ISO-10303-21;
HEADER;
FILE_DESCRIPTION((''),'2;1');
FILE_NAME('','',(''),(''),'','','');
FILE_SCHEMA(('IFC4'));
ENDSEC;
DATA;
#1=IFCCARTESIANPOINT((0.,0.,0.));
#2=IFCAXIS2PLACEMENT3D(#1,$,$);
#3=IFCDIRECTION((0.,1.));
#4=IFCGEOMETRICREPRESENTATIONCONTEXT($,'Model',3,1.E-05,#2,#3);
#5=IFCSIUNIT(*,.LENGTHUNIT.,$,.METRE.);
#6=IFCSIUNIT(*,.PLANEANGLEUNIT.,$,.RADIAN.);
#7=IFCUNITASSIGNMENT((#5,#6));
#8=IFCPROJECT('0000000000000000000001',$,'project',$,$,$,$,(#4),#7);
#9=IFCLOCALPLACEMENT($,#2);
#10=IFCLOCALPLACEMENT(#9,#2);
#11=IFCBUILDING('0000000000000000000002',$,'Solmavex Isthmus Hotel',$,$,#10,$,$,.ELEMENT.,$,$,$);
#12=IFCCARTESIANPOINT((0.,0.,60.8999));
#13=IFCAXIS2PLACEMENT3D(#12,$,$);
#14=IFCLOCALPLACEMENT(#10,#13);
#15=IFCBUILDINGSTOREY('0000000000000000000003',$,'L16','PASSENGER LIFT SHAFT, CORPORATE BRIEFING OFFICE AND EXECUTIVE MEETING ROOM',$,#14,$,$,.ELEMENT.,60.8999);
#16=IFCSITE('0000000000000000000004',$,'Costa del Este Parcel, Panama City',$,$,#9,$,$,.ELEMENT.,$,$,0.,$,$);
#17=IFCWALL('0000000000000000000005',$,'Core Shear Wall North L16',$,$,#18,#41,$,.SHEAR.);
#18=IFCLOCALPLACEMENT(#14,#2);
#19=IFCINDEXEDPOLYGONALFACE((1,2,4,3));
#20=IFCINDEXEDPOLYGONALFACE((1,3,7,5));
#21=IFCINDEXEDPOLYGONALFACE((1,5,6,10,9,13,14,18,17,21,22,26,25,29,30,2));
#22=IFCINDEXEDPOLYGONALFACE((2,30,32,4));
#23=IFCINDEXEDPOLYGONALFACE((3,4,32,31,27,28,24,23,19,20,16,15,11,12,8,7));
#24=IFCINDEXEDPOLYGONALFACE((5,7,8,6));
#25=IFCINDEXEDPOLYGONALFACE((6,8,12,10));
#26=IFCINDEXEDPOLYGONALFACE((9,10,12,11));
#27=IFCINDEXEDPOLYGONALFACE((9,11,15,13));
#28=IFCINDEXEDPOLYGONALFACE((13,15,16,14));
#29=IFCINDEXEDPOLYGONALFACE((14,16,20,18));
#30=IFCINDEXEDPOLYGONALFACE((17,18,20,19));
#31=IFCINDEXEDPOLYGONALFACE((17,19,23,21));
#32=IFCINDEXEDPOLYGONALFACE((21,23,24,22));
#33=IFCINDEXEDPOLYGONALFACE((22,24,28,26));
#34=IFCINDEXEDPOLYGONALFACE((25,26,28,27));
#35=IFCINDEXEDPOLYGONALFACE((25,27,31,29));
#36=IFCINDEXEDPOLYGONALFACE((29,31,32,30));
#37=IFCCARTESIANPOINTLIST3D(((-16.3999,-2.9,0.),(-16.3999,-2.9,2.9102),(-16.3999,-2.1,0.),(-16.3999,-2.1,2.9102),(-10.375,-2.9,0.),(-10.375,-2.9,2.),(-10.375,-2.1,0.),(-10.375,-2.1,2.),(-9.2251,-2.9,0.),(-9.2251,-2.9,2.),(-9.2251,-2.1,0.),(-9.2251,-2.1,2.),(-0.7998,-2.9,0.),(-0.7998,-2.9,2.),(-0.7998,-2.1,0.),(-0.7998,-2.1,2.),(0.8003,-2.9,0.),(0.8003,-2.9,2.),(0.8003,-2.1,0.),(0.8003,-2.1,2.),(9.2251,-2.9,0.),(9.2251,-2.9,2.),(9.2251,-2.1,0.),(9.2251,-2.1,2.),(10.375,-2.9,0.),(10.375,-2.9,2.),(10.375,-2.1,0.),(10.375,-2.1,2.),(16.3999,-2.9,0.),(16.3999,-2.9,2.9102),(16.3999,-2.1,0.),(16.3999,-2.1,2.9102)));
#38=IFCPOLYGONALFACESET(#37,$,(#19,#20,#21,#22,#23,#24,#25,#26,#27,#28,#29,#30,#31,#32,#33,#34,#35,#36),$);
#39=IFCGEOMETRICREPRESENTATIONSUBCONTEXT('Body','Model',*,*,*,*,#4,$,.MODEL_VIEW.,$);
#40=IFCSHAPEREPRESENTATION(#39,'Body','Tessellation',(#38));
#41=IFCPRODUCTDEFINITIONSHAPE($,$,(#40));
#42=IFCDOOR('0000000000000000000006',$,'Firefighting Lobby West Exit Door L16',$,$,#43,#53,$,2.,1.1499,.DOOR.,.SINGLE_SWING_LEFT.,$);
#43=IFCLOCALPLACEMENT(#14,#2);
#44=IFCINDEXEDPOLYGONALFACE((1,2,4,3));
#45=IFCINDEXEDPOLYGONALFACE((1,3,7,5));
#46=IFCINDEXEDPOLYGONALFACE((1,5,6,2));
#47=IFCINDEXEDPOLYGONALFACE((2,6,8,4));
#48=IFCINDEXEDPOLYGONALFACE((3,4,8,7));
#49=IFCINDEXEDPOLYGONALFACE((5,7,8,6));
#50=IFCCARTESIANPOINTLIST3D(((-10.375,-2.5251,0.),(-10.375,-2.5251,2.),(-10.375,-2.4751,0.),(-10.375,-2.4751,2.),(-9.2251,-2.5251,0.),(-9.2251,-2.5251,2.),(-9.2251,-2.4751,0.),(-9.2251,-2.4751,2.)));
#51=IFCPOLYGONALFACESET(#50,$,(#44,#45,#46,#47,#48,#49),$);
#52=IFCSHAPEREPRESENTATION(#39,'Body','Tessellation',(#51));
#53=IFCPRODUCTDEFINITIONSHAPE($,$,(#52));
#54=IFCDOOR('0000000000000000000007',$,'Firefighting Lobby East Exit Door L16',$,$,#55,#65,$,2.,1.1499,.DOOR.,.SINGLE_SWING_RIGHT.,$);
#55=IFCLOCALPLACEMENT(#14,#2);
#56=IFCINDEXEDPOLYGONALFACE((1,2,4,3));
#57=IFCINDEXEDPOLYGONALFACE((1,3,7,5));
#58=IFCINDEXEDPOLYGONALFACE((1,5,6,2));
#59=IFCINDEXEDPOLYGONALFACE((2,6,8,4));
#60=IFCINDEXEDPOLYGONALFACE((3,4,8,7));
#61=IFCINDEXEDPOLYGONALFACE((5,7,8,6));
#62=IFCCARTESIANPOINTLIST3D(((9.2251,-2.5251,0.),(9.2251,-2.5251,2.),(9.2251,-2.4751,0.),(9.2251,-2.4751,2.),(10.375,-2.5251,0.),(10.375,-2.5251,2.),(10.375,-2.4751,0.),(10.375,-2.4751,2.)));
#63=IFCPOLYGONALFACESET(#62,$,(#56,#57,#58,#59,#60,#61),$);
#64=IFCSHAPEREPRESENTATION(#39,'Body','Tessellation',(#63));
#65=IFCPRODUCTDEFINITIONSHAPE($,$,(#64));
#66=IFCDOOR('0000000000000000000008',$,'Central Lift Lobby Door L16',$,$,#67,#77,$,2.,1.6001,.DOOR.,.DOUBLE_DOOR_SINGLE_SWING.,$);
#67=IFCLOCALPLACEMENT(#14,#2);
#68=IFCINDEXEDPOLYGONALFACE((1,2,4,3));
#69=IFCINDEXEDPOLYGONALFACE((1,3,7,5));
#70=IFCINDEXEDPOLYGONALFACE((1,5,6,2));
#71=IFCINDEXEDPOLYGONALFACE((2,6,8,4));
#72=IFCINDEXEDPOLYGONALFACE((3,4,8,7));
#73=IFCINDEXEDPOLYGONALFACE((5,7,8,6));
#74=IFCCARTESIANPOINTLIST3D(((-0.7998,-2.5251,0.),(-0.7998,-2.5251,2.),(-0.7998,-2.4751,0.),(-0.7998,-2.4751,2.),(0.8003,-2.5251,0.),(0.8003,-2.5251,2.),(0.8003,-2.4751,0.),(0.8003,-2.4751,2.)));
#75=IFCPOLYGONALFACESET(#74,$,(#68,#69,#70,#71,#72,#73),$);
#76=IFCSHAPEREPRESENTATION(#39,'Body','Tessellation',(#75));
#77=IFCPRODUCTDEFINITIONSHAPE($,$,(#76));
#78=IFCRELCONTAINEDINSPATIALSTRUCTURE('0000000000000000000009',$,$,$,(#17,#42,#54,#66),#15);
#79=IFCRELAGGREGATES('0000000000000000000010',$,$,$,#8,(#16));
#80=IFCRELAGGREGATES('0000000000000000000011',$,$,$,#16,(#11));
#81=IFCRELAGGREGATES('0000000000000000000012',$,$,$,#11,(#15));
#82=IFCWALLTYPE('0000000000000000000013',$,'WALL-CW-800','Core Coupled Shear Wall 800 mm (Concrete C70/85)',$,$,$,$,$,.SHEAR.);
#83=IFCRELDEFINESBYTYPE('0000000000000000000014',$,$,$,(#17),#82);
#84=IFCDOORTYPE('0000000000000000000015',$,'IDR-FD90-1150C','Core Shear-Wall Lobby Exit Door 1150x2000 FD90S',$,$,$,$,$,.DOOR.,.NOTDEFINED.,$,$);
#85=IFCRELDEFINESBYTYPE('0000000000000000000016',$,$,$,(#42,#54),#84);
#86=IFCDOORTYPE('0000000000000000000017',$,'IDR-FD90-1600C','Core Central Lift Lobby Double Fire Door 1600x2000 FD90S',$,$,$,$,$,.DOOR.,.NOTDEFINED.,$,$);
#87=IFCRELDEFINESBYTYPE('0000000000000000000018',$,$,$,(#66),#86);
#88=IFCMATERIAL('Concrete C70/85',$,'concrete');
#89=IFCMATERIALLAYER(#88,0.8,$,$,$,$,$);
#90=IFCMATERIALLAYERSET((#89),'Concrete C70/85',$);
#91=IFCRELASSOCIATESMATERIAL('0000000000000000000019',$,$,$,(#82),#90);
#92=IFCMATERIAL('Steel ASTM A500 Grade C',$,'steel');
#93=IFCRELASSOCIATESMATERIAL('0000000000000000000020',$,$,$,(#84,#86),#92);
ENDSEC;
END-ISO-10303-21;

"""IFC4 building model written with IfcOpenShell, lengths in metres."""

from ifc_helpers import new_model, si_unit, direction, frame, frame_2d, origin, place, context, subcontext, project, spatial, rectangle, extrude, material, layer, layer_set, type_object, element, fill, save


model = new_model("IFC4")

# Units and contexts
model_context = context("Model", 3, precision=1e-05, world=origin(), true_north=direction((0.0, 1.0)))
body_context = subcontext(model_context, "Body", "Model", "MODEL_VIEW")
ifc_project = project(units=[si_unit("LENGTHUNIT", "METRE"), si_unit("PLANEANGLEUNIT", "RADIAN")], contexts=[model_context])

# Site, building, storey
site_placement = place(None, origin())
site = spatial("IfcSite", under=ifc_project, at=site_placement, Name="Costa del Este Parcel, Panama City", CompositionType="ELEMENT", RefElevation=0.0)
building_placement = place(site_placement, origin())
building = spatial("IfcBuilding", under=site, at=building_placement, Name="Solmavex Isthmus Hotel", CompositionType="ELEMENT")
storey_placement = place(building_placement, frame((0.0, 0.0, 60.8999)))
storey = spatial("IfcBuildingStorey", under=building, at=storey_placement, Name="L16", Description="PASSENGER LIFT SHAFT, CORPORATE BRIEFING OFFICE AND EXECUTIVE MEETING ROOM", CompositionType="ELEMENT", Elevation=60.8999)

# Shared definitions
ifc_material_1 = material(Name="Concrete C70/85", Category="concrete")

# Shared definitions
ifc_material_2 = material(Name="Steel ASTM A500 Grade C", Category="steel")

# Wall, openings, doors
ifc_layer_1 = layer(ifc_material_1, 0.8)
ifc_layer_set_1 = layer_set([ifc_layer_1], Name="Concrete C70/85")
wall_type_1 = type_object("IfcWallType", Name="WALL-CW-800", Description="Core Coupled Shear Wall 800 mm (Concrete C70/85)", PredefinedType="SHEAR", material=ifc_layer_set_1)
wall_1_placement = place(storey_placement, frame((-16.3999, -2.5, 0.0), z_axis=(0.0, 0.0, 1.0), x_axis=(1.0, 0.0, 0.0)))
wall_1 = element("IfcWall", 1, at=wall_1_placement, inside=storey, type_object=wall_type_1, Name="Core Shear Wall North L16", PredefinedType="SHEAR", context=body_context, shape_type="SweptSolid", body=[
    extrude(rectangle(XDim=32.7998, YDim=0.8, at=frame_2d((16.3999, 0.0))), origin(), (0.0, 0.0, 1.0), 2.9102),
])
opening_1_placement = place(wall_1_placement, frame((6.0249, 0.0, 0.0)))
opening_1 = element("IfcOpeningElement", 2, at=opening_1_placement, cuts=wall_1, PredefinedType="OPENING", context=body_context, shape_type="SweptSolid", body=[
    extrude(rectangle(XDim=1.1499, YDim=2.0, at=frame_2d((0.575, 1.0))), frame((0.0, 0.4099, 0.0), z_axis=(0.0, -1.0, 0.0), x_axis=(1.0, 0.0, 0.0)), (0.0, 0.0, 1.0), 0.8201),
])
opening_2_placement = place(wall_1_placement, frame((15.6001, 0.0, 0.0)))
opening_2 = element("IfcOpeningElement", 3, at=opening_2_placement, cuts=wall_1, PredefinedType="OPENING", context=body_context, shape_type="SweptSolid", body=[
    extrude(rectangle(XDim=1.6001, YDim=2.0, at=frame_2d((0.8, 1.0))), frame((0.0, 0.4099, 0.0), z_axis=(0.0, -1.0, 0.0), x_axis=(1.0, 0.0, 0.0)), (0.0, 0.0, 1.0), 0.8201),
])
opening_3_placement = place(wall_1_placement, frame((25.625, 0.0, 0.0)))
opening_3 = element("IfcOpeningElement", 4, at=opening_3_placement, cuts=wall_1, PredefinedType="OPENING", context=body_context, shape_type="SweptSolid", body=[
    extrude(rectangle(XDim=1.1499, YDim=2.0, at=frame_2d((0.575, 1.0))), frame((0.0, 0.4099, 0.0), z_axis=(0.0, -1.0, 0.0), x_axis=(1.0, 0.0, 0.0)), (0.0, 0.0, 1.0), 0.8201),
])
door_type_1 = type_object("IfcDoorType", Name="IDR-FD90-1150C", Description="Core Shear-Wall Lobby Exit Door 1150x2000 FD90S", OperationType="NOTDEFINED", PredefinedType="DOOR", material=ifc_material_2)
door_1_placement = place(opening_1_placement, origin())
door_1 = element("IfcDoor", 5, at=door_1_placement, inside=storey, type_object=door_type_1, Name="Firefighting Lobby West Exit Door L16", OperationType="SINGLE_SWING_LEFT", OverallHeight=2.0, OverallWidth=1.1499, PredefinedType="DOOR", context=body_context, shape_type="SweptSolid", body=[
    extrude(rectangle(XDim=1.1499, YDim=2.0, at=frame_2d((0.575, 1.0))), frame((0.0, 0.0249, 0.0), z_axis=(0.0, -1.0, 0.0), x_axis=(1.0, 0.0, 0.0)), (0.0, 0.0, 1.0), 0.05),
])
fill(opening_1, door_1)
door_2_placement = place(opening_3_placement, origin())
door_2 = element("IfcDoor", 6, at=door_2_placement, inside=storey, type_object=door_type_1, Name="Firefighting Lobby East Exit Door L16", OperationType="SINGLE_SWING_RIGHT", OverallHeight=2.0, OverallWidth=1.1499, PredefinedType="DOOR", context=body_context, shape_type="SweptSolid", body=[
    extrude(rectangle(XDim=1.1499, YDim=2.0, at=frame_2d((0.575, 1.0))), frame((0.0, 0.0249, 0.0), z_axis=(0.0, -1.0, 0.0), x_axis=(1.0, 0.0, 0.0)), (0.0, 0.0, 1.0), 0.05),
])
fill(opening_3, door_2)
door_type_2 = type_object("IfcDoorType", Name="IDR-FD90-1600C", Description="Core Central Lift Lobby Double Fire Door 1600x2000 FD90S", OperationType="NOTDEFINED", PredefinedType="DOOR", material=ifc_material_2)
door_3_placement = place(opening_2_placement, origin())
door_3 = element("IfcDoor", 7, at=door_3_placement, inside=storey, type_object=door_type_2, Name="Central Lift Lobby Door L16", OperationType="DOUBLE_DOOR_SINGLE_SWING", OverallHeight=2.0, OverallWidth=1.6001, PredefinedType="DOOR", context=body_context, shape_type="SweptSolid", body=[
    extrude(rectangle(XDim=1.6001, YDim=2.0, at=frame_2d((0.8, 1.0))), frame((0.0, 0.0249, 0.0), z_axis=(0.0, -1.0, 0.0), x_axis=(1.0, 0.0, 0.0)), (0.0, 0.0, 1.0), 0.05),
])
fill(opening_2, door_3)

save(model, "model.ifc")
